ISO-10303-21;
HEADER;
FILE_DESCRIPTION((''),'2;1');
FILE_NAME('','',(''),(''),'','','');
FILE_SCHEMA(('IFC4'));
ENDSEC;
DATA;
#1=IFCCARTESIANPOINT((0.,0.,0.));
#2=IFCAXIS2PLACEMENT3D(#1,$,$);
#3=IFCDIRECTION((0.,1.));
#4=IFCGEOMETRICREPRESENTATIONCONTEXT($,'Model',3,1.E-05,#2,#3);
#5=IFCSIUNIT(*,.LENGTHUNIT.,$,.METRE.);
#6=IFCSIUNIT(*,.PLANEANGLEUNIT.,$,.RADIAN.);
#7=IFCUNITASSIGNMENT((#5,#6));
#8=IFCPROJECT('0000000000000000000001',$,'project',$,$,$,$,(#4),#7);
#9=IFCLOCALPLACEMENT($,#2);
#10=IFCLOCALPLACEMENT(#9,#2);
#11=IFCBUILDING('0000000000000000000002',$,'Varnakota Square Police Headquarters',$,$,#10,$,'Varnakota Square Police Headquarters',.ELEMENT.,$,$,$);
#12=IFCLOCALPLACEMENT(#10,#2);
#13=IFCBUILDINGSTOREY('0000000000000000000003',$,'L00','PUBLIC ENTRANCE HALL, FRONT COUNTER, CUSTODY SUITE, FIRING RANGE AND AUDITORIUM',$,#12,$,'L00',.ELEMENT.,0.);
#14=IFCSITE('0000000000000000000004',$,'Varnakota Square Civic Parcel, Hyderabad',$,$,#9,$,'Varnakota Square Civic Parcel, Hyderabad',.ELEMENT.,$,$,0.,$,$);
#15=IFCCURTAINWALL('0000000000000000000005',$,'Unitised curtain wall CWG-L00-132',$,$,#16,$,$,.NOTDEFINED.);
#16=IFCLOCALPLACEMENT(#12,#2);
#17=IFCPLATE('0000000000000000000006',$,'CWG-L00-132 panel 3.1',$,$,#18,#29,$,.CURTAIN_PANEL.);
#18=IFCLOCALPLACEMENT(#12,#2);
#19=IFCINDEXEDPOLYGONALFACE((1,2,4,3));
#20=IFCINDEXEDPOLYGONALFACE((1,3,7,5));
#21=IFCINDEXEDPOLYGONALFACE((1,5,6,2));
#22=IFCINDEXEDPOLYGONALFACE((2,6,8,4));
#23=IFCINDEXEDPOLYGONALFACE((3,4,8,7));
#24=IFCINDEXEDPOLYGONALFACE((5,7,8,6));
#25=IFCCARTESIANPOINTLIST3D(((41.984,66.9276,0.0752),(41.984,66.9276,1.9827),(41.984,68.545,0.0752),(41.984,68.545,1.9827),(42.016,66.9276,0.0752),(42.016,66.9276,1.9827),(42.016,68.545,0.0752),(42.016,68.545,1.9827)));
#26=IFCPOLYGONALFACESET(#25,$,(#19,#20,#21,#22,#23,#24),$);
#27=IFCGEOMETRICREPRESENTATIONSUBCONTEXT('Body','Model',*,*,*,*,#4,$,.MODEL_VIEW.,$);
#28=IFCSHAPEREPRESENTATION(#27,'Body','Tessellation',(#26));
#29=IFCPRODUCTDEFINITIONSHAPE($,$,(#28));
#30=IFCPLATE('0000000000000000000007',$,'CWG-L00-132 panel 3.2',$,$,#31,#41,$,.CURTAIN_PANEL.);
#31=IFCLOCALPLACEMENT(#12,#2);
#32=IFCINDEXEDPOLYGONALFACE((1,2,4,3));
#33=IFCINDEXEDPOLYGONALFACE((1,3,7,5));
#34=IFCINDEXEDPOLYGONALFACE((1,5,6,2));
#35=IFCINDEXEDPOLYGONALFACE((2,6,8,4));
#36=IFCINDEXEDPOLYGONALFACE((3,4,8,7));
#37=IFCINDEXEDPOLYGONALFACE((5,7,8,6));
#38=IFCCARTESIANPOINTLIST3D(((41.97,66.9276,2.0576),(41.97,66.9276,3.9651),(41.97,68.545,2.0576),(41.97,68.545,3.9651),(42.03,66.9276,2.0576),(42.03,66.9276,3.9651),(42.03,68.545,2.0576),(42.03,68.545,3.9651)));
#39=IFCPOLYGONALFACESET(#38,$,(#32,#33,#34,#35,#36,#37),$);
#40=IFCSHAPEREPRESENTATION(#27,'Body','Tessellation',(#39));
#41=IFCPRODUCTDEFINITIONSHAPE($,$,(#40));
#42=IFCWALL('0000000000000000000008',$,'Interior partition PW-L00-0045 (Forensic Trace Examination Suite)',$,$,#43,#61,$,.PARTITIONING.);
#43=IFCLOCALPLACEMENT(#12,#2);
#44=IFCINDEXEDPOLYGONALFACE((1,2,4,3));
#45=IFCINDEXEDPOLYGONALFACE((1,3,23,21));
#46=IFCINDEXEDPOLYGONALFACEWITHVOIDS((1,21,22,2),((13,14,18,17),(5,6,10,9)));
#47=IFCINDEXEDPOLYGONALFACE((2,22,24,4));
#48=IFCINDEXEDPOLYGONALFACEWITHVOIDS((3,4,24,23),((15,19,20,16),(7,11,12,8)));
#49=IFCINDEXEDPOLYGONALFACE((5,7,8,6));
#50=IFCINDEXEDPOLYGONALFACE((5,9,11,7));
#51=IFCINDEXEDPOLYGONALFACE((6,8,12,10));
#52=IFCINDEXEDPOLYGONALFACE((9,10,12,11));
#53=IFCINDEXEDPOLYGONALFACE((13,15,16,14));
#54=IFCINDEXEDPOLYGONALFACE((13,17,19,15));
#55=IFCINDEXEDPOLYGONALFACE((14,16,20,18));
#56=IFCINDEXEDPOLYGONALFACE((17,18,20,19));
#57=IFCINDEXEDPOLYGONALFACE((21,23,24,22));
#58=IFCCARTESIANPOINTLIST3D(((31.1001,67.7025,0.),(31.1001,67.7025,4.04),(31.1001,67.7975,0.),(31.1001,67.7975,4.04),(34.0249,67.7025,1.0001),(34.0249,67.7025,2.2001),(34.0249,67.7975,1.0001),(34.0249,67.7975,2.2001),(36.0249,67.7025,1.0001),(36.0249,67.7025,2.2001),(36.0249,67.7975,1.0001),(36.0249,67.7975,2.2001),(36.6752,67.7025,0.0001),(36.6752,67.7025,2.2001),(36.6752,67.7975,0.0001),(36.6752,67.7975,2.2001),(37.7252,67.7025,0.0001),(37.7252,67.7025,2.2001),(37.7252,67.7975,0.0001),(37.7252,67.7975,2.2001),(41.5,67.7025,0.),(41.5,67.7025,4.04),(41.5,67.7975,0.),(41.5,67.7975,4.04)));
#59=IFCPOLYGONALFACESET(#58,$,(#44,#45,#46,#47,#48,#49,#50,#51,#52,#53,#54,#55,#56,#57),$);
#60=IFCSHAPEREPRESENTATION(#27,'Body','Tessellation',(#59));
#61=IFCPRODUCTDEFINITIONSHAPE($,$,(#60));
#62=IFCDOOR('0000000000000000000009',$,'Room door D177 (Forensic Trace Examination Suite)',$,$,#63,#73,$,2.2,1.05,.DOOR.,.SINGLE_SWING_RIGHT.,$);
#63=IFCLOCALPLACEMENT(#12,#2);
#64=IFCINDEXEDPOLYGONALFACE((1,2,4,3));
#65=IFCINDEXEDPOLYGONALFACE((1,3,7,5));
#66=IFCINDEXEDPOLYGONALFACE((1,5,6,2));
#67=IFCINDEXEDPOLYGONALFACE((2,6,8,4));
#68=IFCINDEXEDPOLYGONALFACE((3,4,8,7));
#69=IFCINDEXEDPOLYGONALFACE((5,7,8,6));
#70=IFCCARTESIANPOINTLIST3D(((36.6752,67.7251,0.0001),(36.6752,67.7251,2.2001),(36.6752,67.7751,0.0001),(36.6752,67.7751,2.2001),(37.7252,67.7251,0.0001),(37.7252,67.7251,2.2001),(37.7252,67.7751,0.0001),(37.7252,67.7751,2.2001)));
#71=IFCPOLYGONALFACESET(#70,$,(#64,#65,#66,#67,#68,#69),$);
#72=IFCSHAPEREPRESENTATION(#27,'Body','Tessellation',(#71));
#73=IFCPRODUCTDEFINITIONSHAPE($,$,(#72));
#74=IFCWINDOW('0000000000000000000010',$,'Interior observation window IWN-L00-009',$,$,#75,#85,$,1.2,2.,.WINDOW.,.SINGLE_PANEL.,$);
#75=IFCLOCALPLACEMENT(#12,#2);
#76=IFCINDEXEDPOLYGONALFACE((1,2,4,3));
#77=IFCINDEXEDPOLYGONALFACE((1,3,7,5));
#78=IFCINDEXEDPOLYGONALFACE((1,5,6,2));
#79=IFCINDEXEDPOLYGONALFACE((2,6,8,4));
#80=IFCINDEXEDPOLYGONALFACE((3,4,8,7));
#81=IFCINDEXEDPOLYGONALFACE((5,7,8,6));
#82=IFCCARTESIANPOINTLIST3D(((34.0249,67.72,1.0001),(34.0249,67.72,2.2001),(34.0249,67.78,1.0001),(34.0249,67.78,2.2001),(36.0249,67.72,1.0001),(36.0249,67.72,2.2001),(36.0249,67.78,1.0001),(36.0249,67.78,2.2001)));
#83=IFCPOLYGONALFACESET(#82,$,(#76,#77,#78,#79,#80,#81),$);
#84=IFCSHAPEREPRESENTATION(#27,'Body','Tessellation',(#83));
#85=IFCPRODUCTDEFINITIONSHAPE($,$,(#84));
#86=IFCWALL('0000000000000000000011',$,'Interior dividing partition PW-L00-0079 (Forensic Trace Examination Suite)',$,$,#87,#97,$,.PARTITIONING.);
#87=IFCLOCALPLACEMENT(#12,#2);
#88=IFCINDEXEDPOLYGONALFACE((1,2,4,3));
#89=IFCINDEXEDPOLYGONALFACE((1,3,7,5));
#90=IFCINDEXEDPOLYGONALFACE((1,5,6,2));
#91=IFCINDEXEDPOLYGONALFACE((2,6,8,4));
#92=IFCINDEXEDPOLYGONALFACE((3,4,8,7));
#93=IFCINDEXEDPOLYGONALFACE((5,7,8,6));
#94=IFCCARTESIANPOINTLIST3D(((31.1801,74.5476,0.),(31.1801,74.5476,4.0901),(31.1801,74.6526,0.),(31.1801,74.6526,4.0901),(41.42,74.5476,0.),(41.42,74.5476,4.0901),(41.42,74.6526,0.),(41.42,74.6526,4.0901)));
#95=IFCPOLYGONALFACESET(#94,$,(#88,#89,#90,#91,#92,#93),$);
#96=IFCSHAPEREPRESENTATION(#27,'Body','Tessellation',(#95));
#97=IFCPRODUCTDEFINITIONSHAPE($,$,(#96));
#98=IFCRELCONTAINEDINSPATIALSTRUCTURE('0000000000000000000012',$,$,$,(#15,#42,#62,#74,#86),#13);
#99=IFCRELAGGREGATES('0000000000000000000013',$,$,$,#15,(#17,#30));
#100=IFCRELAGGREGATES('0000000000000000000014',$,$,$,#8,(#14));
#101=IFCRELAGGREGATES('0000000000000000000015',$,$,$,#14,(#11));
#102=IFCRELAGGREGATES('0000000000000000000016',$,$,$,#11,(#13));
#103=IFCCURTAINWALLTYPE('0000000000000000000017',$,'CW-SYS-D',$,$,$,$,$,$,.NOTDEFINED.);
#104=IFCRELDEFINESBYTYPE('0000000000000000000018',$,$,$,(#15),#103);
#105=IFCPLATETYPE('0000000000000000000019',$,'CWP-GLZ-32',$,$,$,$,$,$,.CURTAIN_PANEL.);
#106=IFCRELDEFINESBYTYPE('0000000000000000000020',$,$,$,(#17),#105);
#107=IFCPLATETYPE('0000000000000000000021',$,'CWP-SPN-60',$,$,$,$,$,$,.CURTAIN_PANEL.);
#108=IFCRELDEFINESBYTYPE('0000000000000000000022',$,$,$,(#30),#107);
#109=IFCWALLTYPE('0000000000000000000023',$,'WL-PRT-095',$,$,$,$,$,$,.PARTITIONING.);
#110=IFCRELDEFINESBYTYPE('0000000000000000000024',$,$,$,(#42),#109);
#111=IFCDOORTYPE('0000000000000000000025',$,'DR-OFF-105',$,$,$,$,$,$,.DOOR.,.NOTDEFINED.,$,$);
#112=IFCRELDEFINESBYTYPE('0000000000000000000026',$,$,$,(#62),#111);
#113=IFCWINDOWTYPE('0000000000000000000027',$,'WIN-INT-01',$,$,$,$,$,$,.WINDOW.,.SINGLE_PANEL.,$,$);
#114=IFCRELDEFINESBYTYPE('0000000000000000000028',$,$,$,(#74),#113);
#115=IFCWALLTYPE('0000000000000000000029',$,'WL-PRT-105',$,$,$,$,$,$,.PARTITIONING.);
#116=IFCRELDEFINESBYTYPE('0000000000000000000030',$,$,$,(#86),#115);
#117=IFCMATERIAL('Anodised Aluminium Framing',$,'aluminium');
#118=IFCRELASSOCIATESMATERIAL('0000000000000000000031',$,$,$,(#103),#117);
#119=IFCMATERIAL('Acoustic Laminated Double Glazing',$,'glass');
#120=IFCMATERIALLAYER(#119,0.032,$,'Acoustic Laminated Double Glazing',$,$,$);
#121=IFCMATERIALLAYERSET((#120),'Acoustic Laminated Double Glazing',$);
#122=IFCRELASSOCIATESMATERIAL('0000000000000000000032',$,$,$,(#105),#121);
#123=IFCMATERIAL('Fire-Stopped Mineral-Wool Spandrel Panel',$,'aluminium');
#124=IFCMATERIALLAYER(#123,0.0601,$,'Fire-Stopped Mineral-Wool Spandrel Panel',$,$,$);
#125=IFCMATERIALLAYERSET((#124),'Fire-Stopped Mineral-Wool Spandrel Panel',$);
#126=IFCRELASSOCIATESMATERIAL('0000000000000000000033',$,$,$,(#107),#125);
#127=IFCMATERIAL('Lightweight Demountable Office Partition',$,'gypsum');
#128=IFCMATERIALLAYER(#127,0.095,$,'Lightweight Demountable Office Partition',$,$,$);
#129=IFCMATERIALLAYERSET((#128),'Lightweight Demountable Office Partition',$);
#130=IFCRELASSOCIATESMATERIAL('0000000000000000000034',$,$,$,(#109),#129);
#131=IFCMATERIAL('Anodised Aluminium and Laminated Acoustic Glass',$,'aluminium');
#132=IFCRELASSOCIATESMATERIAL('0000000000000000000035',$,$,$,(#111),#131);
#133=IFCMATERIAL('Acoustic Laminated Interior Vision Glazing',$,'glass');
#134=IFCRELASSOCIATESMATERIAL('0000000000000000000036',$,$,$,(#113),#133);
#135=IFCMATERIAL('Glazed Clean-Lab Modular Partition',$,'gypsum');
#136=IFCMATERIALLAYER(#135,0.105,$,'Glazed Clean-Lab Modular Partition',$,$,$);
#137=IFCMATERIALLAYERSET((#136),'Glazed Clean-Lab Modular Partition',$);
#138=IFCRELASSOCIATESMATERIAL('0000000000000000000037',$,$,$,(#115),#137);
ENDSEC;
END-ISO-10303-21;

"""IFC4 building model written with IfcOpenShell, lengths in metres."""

from ifc_helpers import new_model, si_unit, direction, frame, frame_2d, origin, origin_2d, place, context, subcontext, project, spatial, rectangle, extrude, material, layer, layer_set, type_object, element, fill, aggregate, save


model = new_model("IFC4")

# Units and contexts
model_context = context("Model", 3, precision=1e-05, world=origin(), true_north=direction((0.0, 1.0)))
body_context = subcontext(model_context, "Body", "Model", "MODEL_VIEW")
ifc_project = project(units=[si_unit("LENGTHUNIT", "METRE"), si_unit("PLANEANGLEUNIT", "RADIAN")], contexts=[model_context])

# Site, building, storey
site_placement = place(None, origin())
site = spatial("IfcSite", under=ifc_project, at=site_placement, Name="Varnakota Square Civic Parcel, Hyderabad", LongName="Varnakota Square Civic Parcel, Hyderabad", CompositionType="ELEMENT", RefElevation=0.0)
building_placement = place(site_placement, origin())
building = spatial("IfcBuilding", under=site, at=building_placement, Name="Varnakota Square Police Headquarters", LongName="Varnakota Square Police Headquarters", CompositionType="ELEMENT")
storey_placement = place(building_placement, origin())
storey = spatial("IfcBuildingStorey", under=building, at=storey_placement, Name="L00", Description="PUBLIC ENTRANCE HALL, FRONT COUNTER, CUSTODY SUITE, FIRING RANGE AND AUDITORIUM", LongName="L00", CompositionType="ELEMENT", Elevation=0.0)

# Curtain wall
ifc_material_1 = material(Name="Anodised Aluminium Framing", Category="aluminium")
curtain_wall_type = type_object("IfcCurtainWallType", Name="CW-SYS-D", PredefinedType="NOTDEFINED", material=ifc_material_1)
curtain_wall_1_placement = place(storey_placement, origin())
curtain_wall_1 = element("IfcCurtainWall", 1, at=curtain_wall_1_placement, inside=storey, type_object=curtain_wall_type, Name="Unitised curtain wall CWG-L00-132", PredefinedType="NOTDEFINED")

# Plates
ifc_material_2 = material(Name="Acoustic Laminated Double Glazing", Category="glass")
ifc_layer_1 = layer(ifc_material_2, 0.032, Name="Acoustic Laminated Double Glazing")
ifc_layer_set_1 = layer_set([ifc_layer_1], Name="Acoustic Laminated Double Glazing")
plate_type_1 = type_object("IfcPlateType", Name="CWP-GLZ-32", PredefinedType="CURTAIN_PANEL", material=ifc_layer_set_1)
plate_1_placement = place(storey_placement, frame((42.0, 67.7363, 0.0752), z_axis=(0.0, 0.0, 1.0), x_axis=(0.0, 1.0, 0.0)))
plate_1 = element("IfcPlate", 2, at=plate_1_placement, type_object=plate_type_1, Name="CWG-L00-132 panel 3.1", PredefinedType="CURTAIN_PANEL", context=body_context, shape_type="SweptSolid", body=[
    extrude(rectangle(XDim=1.6174, YDim=0.032, at=origin_2d()), origin(), (0.0, 0.0, 1.0), 1.9075),
])
ifc_material_3 = material(Name="Fire-Stopped Mineral-Wool Spandrel Panel", Category="aluminium")
ifc_layer_2 = layer(ifc_material_3, 0.0601, Name="Fire-Stopped Mineral-Wool Spandrel Panel")
ifc_layer_set_2 = layer_set([ifc_layer_2], Name="Fire-Stopped Mineral-Wool Spandrel Panel")
plate_type_2 = type_object("IfcPlateType", Name="CWP-SPN-60", PredefinedType="CURTAIN_PANEL", material=ifc_layer_set_2)
plate_2_placement = place(storey_placement, frame((42.0, 67.7363, 2.0576), z_axis=(0.0, 0.0, 1.0), x_axis=(0.0, 1.0, 0.0)))
plate_2 = element("IfcPlate", 3, at=plate_2_placement, type_object=plate_type_2, Name="CWG-L00-132 panel 3.2", PredefinedType="CURTAIN_PANEL", context=body_context, shape_type="SweptSolid", body=[
    extrude(rectangle(XDim=1.6174, YDim=0.0601, at=origin_2d()), origin(), (0.0, 0.0, 1.0), 1.9075),
])
aggregate(curtain_wall_1, [plate_1, plate_2])

# Wall, openings, door, window
ifc_material_4 = material(Name="Lightweight Demountable Office Partition", Category="gypsum")
ifc_layer_3 = layer(ifc_material_4, 0.095, Name="Lightweight Demountable Office Partition")
ifc_layer_set_3 = layer_set([ifc_layer_3], Name="Lightweight Demountable Office Partition")
wall_type_1 = type_object("IfcWallType", Name="WL-PRT-095", PredefinedType="PARTITIONING", material=ifc_layer_set_3)
wall_1_placement = place(storey_placement, frame((41.5, 67.75, 0.0), z_axis=(0.0, 0.0, 1.0), x_axis=(-1.0, 0.0, 0.0)))
wall_1 = element("IfcWall", 4, at=wall_1_placement, inside=storey, type_object=wall_type_1, Name="Interior partition PW-L00-0045 (Forensic Trace Examination Suite)", PredefinedType="PARTITIONING", context=body_context, shape_type="SweptSolid", body=[
    extrude(rectangle(XDim=10.3999, YDim=0.095, at=frame_2d((5.2, 0.0))), origin(), (0.0, 0.0, 1.0), 4.04),
])
opening_1_placement = place(wall_1_placement, frame((3.7749, 0.0, 0.0)))
opening_1 = element("IfcOpeningElement", 5, at=opening_1_placement, cuts=wall_1, PredefinedType="OPENING", context=body_context, shape_type="SweptSolid", body=[
    extrude(rectangle(XDim=1.05, YDim=2.2, at=frame_2d((0.5249, 1.1001))), frame((0.0, 0.0574, 0.0), z_axis=(0.0, -1.0, 0.0), x_axis=(1.0, 0.0, 0.0)), (0.0, 0.0, 1.0), 0.115),
])
opening_2_placement = place(wall_1_placement, frame((5.4751, 0.0, 1.0)))
opening_2 = element("IfcOpeningElement", 6, at=opening_2_placement, cuts=wall_1, PredefinedType="OPENING", context=body_context, shape_type="SweptSolid", body=[
    extrude(rectangle(XDim=2.0, YDim=1.2, at=frame_2d((1.0, 0.6001))), frame((0.0, 0.0574, 0.0), z_axis=(0.0, -1.0, 0.0), x_axis=(1.0, 0.0, 0.0)), (0.0, 0.0, 1.0), 0.115),
])
ifc_material_5 = material(Name="Anodised Aluminium and Laminated Acoustic Glass", Category="aluminium")
door_type = type_object("IfcDoorType", Name="DR-OFF-105", OperationType="NOTDEFINED", PredefinedType="DOOR", material=ifc_material_5)
door_placement = place(opening_1_placement, origin())
door = element("IfcDoor", 7, at=door_placement, inside=storey, type_object=door_type, Name="Room door D177 (Forensic Trace Examination Suite)", OperationType="SINGLE_SWING_RIGHT", OverallHeight=2.2, OverallWidth=1.05, PredefinedType="DOOR", context=body_context, shape_type="SweptSolid", body=[
    extrude(rectangle(XDim=1.05, YDim=2.2, at=frame_2d((0.5249, 1.1001))), frame((0.0, 0.0249, 0.0), z_axis=(0.0, -1.0, 0.0), x_axis=(1.0, 0.0, 0.0)), (0.0, 0.0, 1.0), 0.05),
])
fill(opening_1, door)
ifc_material_6 = material(Name="Acoustic Laminated Interior Vision Glazing", Category="glass")
window_type = type_object("IfcWindowType", Name="WIN-INT-01", PartitioningType="SINGLE_PANEL", PredefinedType="WINDOW", material=ifc_material_6)
window_placement = place(opening_2_placement, origin())
window = element("IfcWindow", 8, at=window_placement, inside=storey, type_object=window_type, Name="Interior observation window IWN-L00-009", OverallHeight=1.2, OverallWidth=2.0, PartitioningType="SINGLE_PANEL", PredefinedType="WINDOW", context=body_context, shape_type="SweptSolid", body=[
    extrude(rectangle(XDim=2.0, YDim=1.2, at=frame_2d((1.0, 0.6001))), frame((0.0, 0.03, 0.0), z_axis=(0.0, -1.0, 0.0), x_axis=(1.0, 0.0, 0.0)), (0.0, 0.0, 1.0), 0.0601),
])
fill(opening_2, window)

# Wall
ifc_material_7 = material(Name="Glazed Clean-Lab Modular Partition", Category="gypsum")
ifc_layer_4 = layer(ifc_material_7, 0.105, Name="Glazed Clean-Lab Modular Partition")
ifc_layer_set_4 = layer_set([ifc_layer_4], Name="Glazed Clean-Lab Modular Partition")
wall_type_2 = type_object("IfcWallType", Name="WL-PRT-105", PredefinedType="PARTITIONING", material=ifc_layer_set_4)
wall_2_placement = place(storey_placement, frame((31.1799, 74.6001, 0.0), z_axis=(0.0, 0.0, 1.0), x_axis=(1.0, 0.0, 0.0)))
element("IfcWall", 9, at=wall_2_placement, inside=storey, type_object=wall_type_2, Name="Interior dividing partition PW-L00-0079 (Forensic Trace Examination Suite)", PredefinedType="PARTITIONING", context=body_context, shape_type="SweptSolid", body=[
    extrude(rectangle(XDim=10.24, YDim=0.105, at=frame_2d((5.1201, 0.0))), origin(), (0.0, 0.0, 1.0), 4.0901),
])

save(model, "model.ifc")
